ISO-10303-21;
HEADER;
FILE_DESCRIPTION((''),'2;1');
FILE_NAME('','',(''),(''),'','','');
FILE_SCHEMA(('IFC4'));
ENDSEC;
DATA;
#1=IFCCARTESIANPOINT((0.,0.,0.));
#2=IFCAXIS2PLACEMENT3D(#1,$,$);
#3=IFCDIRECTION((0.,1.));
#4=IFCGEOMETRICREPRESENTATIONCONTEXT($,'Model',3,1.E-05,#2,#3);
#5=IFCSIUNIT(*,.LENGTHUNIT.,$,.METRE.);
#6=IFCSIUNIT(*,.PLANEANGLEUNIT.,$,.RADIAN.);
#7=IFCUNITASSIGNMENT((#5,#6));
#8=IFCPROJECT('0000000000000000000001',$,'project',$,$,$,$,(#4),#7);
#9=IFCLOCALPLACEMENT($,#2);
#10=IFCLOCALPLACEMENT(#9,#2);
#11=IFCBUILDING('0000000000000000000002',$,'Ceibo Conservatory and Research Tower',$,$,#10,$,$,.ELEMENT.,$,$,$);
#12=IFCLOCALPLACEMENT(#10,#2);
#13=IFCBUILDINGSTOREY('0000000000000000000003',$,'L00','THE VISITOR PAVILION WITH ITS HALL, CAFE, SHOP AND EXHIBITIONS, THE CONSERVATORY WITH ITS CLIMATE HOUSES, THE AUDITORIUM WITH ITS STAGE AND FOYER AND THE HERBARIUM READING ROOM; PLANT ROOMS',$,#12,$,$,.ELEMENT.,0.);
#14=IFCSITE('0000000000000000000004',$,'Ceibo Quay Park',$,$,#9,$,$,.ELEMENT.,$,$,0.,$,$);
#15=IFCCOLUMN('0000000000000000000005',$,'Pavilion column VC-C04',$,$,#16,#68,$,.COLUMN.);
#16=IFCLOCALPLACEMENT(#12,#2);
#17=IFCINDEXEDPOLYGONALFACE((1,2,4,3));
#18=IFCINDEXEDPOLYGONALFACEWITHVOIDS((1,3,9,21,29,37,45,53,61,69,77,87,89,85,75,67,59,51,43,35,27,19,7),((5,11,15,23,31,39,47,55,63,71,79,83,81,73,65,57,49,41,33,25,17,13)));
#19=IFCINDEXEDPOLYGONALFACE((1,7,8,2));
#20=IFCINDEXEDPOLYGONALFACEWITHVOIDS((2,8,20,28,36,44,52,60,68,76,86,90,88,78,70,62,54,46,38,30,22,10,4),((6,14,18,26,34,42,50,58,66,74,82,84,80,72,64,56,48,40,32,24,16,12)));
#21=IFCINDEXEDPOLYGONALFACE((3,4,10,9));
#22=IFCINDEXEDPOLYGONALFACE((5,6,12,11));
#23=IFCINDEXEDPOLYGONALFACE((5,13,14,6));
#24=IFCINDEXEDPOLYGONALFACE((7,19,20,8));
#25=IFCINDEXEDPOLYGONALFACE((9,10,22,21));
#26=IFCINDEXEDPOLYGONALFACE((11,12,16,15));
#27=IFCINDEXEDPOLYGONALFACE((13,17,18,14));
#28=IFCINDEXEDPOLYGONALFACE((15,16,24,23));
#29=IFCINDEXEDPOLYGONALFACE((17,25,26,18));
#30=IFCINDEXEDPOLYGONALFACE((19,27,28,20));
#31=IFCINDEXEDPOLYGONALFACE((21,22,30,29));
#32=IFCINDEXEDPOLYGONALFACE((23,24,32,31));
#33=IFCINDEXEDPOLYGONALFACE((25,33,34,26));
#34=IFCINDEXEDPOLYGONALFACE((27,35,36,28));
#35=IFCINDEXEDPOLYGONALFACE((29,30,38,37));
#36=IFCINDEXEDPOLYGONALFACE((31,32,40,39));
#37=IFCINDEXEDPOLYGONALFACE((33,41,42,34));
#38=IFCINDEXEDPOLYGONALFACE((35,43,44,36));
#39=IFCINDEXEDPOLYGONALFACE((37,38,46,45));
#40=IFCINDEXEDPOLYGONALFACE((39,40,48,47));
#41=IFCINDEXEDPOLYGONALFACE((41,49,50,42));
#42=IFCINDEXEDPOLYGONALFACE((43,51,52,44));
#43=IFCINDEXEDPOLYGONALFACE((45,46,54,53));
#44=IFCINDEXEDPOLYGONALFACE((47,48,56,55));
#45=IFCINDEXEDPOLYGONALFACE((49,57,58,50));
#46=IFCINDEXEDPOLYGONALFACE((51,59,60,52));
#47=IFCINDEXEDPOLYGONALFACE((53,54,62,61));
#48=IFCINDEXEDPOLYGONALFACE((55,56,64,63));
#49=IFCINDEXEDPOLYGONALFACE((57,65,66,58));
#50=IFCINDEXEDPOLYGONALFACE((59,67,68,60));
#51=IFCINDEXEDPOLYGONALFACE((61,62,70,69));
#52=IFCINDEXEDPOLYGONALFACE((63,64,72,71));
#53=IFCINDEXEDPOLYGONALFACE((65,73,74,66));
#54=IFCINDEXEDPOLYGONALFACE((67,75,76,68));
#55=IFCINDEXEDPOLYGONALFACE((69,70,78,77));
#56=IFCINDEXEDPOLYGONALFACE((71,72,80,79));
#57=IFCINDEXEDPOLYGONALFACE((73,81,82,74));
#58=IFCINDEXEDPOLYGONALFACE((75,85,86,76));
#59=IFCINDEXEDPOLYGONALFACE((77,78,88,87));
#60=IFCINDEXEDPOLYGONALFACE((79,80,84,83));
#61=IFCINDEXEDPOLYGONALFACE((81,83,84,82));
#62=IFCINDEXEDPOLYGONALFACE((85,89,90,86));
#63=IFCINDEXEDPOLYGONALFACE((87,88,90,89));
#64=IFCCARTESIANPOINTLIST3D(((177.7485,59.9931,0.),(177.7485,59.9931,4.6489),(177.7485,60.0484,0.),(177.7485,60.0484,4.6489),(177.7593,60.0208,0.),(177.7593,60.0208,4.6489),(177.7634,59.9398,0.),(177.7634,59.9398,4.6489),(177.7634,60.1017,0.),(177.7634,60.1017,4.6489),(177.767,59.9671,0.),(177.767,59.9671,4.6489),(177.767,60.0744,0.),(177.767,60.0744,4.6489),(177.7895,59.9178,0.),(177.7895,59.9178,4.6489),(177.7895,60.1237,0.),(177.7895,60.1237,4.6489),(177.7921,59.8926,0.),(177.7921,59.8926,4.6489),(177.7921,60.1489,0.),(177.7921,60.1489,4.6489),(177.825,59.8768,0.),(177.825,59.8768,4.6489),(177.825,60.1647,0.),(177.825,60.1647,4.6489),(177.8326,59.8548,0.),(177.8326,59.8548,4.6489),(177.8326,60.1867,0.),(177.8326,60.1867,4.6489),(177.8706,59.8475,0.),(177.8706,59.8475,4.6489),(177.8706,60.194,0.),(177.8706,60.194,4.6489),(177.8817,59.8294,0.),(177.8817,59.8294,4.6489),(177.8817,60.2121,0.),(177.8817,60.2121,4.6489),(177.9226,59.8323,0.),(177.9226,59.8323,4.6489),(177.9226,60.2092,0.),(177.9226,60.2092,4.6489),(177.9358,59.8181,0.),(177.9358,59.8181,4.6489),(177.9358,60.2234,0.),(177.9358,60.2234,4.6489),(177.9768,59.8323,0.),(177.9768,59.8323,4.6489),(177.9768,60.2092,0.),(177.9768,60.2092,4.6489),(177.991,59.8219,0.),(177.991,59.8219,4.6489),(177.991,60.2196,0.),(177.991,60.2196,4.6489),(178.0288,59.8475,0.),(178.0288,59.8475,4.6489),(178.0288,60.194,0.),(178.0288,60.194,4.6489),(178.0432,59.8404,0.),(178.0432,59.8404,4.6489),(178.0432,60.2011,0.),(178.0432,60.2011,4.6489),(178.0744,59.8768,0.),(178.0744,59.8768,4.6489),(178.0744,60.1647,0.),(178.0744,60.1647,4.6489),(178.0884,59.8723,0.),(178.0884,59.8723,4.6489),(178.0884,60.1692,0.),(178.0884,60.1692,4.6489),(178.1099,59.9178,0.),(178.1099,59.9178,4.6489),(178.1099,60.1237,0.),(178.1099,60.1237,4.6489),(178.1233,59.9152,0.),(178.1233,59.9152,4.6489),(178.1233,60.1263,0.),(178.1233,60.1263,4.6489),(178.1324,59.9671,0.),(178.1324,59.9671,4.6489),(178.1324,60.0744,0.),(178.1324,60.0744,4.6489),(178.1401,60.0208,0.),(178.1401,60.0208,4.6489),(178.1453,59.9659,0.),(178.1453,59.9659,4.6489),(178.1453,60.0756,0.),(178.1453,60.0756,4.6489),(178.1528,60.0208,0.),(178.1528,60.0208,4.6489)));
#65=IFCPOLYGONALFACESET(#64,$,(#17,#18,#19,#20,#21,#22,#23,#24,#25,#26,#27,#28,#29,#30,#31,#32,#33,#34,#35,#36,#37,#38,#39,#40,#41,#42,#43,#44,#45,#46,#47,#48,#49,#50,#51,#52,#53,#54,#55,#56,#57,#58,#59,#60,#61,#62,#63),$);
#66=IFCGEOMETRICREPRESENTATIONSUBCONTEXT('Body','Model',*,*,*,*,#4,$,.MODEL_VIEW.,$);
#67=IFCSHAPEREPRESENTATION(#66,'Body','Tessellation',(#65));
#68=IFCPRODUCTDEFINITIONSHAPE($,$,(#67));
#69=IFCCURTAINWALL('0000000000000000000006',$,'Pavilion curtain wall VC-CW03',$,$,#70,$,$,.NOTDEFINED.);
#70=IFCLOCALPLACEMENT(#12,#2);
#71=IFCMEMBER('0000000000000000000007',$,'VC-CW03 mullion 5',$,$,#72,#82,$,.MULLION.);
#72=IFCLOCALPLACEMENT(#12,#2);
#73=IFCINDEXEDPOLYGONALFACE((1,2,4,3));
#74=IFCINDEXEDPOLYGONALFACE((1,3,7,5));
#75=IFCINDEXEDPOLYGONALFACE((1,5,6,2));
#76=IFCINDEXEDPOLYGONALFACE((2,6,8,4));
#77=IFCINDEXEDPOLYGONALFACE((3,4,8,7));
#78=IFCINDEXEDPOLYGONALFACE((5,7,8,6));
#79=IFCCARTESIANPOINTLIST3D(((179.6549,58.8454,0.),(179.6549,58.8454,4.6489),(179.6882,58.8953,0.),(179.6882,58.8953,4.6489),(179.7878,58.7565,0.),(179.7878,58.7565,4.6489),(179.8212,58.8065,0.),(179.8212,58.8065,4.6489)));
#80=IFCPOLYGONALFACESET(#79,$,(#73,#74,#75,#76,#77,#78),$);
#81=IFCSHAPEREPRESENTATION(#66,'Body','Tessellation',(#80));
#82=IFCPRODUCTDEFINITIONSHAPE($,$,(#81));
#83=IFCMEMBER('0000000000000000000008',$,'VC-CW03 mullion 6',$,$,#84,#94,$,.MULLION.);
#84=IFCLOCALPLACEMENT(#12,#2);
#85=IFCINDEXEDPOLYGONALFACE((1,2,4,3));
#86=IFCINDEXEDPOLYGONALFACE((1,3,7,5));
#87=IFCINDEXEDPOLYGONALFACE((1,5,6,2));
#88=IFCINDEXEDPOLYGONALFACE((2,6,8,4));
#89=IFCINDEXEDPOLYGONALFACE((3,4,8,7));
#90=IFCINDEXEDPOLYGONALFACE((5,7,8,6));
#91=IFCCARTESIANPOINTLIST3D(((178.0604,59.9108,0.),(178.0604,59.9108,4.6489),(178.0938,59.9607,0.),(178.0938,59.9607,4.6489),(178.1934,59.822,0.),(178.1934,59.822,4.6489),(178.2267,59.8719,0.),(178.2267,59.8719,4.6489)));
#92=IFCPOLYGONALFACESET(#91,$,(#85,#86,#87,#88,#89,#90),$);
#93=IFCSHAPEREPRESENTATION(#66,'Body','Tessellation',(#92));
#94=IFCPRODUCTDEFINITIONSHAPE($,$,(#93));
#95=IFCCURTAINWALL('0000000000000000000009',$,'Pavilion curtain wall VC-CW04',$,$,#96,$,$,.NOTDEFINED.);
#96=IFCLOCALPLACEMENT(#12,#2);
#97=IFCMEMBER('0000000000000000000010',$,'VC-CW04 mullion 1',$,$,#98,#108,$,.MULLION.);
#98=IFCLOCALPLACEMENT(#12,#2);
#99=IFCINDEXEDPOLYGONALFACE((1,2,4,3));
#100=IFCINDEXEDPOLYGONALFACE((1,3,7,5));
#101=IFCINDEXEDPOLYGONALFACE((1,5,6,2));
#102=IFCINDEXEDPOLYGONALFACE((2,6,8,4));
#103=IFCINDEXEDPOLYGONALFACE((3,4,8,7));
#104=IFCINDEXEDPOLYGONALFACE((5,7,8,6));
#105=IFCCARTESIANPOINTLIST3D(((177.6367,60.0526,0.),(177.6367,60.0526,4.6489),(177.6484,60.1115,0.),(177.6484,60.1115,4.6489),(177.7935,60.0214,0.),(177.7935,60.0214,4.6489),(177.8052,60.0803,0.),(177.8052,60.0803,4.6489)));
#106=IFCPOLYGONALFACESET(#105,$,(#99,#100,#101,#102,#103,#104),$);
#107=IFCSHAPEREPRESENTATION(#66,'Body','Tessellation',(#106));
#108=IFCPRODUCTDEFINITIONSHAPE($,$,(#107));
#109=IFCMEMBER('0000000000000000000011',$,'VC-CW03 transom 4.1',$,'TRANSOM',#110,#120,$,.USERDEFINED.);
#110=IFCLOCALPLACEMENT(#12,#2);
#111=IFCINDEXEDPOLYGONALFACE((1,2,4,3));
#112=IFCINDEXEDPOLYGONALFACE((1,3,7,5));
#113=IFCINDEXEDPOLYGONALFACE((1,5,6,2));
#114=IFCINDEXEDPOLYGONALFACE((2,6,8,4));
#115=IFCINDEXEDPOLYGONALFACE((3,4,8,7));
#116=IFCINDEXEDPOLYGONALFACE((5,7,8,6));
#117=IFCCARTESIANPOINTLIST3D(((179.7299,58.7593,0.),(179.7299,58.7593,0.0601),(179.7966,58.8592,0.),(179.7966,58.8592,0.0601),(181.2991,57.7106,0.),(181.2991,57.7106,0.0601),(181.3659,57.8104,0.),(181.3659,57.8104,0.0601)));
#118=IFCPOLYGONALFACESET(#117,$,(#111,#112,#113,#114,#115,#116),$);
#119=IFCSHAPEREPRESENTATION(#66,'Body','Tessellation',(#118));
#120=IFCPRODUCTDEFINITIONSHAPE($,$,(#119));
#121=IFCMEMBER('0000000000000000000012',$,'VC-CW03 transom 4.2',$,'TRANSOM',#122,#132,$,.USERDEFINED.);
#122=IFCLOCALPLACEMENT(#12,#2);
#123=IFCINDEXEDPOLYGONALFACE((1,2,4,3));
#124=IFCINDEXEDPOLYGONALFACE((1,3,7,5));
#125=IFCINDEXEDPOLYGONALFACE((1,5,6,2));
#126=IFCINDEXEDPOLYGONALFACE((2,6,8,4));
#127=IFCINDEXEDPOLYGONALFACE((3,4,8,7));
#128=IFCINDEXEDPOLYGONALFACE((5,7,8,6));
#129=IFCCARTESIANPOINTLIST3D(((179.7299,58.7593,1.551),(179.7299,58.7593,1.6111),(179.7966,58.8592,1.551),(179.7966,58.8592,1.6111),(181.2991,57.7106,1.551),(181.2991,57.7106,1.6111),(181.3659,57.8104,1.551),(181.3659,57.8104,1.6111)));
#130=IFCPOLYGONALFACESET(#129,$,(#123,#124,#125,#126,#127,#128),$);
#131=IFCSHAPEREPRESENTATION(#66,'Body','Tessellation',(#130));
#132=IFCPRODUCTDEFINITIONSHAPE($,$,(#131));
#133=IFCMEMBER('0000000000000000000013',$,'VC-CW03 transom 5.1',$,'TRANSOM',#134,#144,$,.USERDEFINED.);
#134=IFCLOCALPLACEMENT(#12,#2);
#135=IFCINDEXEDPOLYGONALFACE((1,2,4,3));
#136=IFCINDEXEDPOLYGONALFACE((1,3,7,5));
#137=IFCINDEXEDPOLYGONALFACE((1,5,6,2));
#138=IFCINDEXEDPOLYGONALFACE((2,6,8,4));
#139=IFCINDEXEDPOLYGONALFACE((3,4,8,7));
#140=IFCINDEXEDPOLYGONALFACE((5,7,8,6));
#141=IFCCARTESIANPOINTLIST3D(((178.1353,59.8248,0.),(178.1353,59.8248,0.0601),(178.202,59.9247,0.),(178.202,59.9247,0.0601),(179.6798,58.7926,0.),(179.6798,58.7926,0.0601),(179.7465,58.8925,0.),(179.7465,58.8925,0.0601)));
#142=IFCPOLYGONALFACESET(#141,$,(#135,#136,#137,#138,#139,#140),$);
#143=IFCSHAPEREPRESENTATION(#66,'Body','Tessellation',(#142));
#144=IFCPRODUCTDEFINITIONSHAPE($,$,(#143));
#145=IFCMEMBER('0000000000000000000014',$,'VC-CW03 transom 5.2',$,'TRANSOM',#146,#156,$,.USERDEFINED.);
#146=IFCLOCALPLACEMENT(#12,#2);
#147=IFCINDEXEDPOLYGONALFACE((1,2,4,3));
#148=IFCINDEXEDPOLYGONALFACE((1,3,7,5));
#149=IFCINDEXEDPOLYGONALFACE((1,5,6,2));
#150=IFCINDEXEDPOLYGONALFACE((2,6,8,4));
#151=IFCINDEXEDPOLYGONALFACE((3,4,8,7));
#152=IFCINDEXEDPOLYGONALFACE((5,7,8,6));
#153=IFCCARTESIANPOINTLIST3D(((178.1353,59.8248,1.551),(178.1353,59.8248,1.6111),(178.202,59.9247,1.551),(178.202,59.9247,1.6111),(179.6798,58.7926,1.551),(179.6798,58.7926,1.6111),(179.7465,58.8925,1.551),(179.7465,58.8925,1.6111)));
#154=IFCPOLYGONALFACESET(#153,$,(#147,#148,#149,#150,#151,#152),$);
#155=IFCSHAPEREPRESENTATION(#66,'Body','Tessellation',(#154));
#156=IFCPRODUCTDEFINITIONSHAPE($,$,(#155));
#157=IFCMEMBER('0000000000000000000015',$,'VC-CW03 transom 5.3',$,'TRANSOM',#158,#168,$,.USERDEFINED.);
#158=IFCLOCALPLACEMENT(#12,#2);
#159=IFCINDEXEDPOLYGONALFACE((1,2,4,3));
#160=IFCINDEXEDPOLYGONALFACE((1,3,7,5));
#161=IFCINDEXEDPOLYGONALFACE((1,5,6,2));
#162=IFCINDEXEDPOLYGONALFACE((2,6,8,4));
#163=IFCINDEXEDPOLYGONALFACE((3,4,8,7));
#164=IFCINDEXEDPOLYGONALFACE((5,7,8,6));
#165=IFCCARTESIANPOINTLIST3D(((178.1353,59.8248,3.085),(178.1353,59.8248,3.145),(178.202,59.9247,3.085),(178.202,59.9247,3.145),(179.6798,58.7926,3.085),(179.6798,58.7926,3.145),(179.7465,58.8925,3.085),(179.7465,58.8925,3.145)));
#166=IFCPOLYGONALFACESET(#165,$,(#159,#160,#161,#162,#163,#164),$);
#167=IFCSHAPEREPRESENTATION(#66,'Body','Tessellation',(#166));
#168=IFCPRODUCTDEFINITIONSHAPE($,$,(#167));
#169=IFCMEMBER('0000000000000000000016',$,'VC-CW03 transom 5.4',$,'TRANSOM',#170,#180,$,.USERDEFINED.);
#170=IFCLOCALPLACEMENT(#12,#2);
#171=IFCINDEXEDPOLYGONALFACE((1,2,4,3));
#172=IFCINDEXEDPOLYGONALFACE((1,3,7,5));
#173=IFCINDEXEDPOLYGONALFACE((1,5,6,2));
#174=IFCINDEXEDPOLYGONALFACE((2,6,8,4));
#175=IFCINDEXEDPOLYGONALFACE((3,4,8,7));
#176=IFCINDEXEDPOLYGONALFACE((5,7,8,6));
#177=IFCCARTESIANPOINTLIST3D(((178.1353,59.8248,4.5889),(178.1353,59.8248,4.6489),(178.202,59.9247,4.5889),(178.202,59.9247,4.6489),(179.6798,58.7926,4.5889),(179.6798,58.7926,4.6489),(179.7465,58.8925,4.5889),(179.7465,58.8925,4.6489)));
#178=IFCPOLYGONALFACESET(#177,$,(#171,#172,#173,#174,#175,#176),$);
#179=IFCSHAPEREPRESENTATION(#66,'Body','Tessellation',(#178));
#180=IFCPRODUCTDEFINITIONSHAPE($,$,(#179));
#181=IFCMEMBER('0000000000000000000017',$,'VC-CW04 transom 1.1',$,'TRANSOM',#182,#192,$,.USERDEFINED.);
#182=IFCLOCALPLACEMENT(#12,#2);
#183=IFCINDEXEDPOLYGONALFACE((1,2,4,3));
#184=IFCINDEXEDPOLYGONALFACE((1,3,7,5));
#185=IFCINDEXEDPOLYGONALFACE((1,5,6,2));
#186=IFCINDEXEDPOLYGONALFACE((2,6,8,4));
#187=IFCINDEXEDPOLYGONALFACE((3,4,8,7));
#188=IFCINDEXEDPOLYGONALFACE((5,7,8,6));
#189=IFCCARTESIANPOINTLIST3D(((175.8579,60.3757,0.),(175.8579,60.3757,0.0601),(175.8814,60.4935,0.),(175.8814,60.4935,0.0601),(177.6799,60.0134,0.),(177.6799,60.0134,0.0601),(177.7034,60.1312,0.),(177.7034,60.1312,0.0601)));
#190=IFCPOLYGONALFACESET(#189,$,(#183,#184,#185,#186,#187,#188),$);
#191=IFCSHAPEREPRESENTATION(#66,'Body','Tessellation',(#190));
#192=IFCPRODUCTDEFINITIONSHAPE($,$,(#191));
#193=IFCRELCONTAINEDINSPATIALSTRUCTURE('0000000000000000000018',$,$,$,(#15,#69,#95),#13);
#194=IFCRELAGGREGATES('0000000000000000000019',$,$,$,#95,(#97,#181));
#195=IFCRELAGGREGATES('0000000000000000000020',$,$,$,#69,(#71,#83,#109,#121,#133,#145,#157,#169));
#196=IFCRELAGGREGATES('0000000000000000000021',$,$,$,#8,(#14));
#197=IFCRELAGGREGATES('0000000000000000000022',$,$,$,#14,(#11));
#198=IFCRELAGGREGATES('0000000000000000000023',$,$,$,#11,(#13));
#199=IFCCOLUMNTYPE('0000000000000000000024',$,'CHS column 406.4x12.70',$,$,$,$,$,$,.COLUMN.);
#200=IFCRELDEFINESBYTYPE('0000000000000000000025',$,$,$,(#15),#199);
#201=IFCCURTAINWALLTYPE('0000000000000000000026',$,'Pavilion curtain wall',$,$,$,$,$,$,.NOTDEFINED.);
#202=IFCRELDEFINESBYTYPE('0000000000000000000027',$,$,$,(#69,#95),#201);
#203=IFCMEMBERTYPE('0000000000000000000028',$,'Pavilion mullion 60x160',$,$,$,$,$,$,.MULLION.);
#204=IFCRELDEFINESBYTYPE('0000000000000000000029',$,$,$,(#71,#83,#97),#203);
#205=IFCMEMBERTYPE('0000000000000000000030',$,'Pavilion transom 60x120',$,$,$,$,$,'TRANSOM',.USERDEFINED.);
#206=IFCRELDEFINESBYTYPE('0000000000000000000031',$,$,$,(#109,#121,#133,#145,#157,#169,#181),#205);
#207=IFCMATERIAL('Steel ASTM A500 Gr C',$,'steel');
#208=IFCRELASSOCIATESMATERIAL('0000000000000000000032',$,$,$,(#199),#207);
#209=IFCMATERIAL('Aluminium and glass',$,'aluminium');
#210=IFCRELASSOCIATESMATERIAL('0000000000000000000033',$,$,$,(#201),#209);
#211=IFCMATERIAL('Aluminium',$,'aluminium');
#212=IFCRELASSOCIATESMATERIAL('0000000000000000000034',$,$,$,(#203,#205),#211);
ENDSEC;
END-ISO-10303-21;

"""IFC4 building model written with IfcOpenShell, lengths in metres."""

from ifc_helpers import new_model, si_unit, direction, frame, origin, origin_2d, place, context, subcontext, project, spatial, rectangle, hollow_circle, extrude, material, material_profile, profile_set, type_object, element, aggregate, save


model = new_model("IFC4")

# Units and contexts
model_context = context("Model", 3, precision=1e-05, world=origin(), true_north=direction((0.0, 1.0)))
body_context = subcontext(model_context, "Body", "Model", "MODEL_VIEW")
ifc_project = project(units=[si_unit("LENGTHUNIT", "METRE"), si_unit("PLANEANGLEUNIT", "RADIAN")], contexts=[model_context])

# Site, building, storey
site_placement = place(None, origin())
site = spatial("IfcSite", under=ifc_project, at=site_placement, Name="Ceibo Quay Park", CompositionType="ELEMENT", RefElevation=0.0)
building_placement = place(site_placement, origin())
building = spatial("IfcBuilding", under=site, at=building_placement, Name="Ceibo Conservatory and Research Tower", CompositionType="ELEMENT")
storey_placement = place(building_placement, origin())
storey = spatial("IfcBuildingStorey", under=building, at=storey_placement, Name="L00", Description="THE VISITOR PAVILION WITH ITS HALL, CAFE, SHOP AND EXHIBITIONS, THE CONSERVATORY WITH ITS CLIMATE HOUSES, THE AUDITORIUM WITH ITS STAGE AND FOYER AND THE HERBARIUM READING ROOM; PLANT ROOMS", CompositionType="ELEMENT", Elevation=0.0)

# Column
ifc_material_1 = material(Name="Steel ASTM A500 Gr C", Category="steel")
ifc_material_profile_1 = material_profile(ifc_material_1, hollow_circle(Radius=0.2031, WallThickness=0.0127, at=origin_2d()), Name="CHS column 406.4x12.70")
ifc_profile_set_1 = profile_set([ifc_material_profile_1], Name="Steel ASTM A500 Gr C")
column_type = type_object("IfcColumnType", Name="CHS column 406.4x12.70", PredefinedType="COLUMN", material=ifc_profile_set_1)
column_placement = place(storey_placement, frame((177.9497, 60.0208, 0.0), z_axis=(0.0, 0.0, 1.0), x_axis=(1.0, 0.0, 0.0)))
element("IfcColumn", 1, at=column_placement, inside=storey, type_object=column_type, Name="Pavilion column VC-C04", PredefinedType="COLUMN", context=body_context, shape_type="SweptSolid", body=[
    extrude(hollow_circle(Radius=0.2031, WallThickness=0.0127, at=origin_2d()), origin(), (0.0, 0.0, 1.0), 4.6489),
])

# Curtain wall, members
ifc_material_2 = material(Name="Aluminium and glass", Category="aluminium")
curtain_wall_type = type_object("IfcCurtainWallType", Name="Pavilion curtain wall", PredefinedType="NOTDEFINED", material=ifc_material_2)
curtain_wall_1_placement = place(storey_placement, origin())
curtain_wall_1 = element("IfcCurtainWall", 2, at=curtain_wall_1_placement, inside=storey, type_object=curtain_wall_type, Name="Pavilion curtain wall VC-CW03", PredefinedType="NOTDEFINED")
ifc_material_3 = material(Name="Aluminium", Category="aluminium")
ifc_material_profile_2 = material_profile(ifc_material_3, rectangle(XDim=0.0601, YDim=0.1599, at=origin_2d()), Name="AL 60x160")
ifc_profile_set_2 = profile_set([ifc_material_profile_2], Name="Aluminium")
member_type_1 = type_object("IfcMemberType", Name="Pavilion mullion 60x160", PredefinedType="MULLION", material=ifc_profile_set_2)
member_1_placement = place(storey_placement, frame((179.738, 58.8259, 0.0), z_axis=(0.0, 0.0, 1.0), x_axis=(-0.55557, -0.83147, 0.0)))
member_1 = element("IfcMember", 3, at=member_1_placement, type_object=member_type_1, Name="VC-CW03 mullion 5", PredefinedType="MULLION", context=body_context, shape_type="SweptSolid", body=[
    extrude(rectangle(XDim=0.0601, YDim=0.1599, at=origin_2d()), origin(), (0.0, 0.0, 1.0), 4.6489),
])
member_2_placement = place(storey_placement, frame((178.1436, 59.8914, 0.0), z_axis=(0.0, 0.0, 1.0), x_axis=(-0.55557, -0.83147, 0.0)))
member_2 = element("IfcMember", 4, at=member_2_placement, type_object=member_type_1, Name="VC-CW03 mullion 6", PredefinedType="MULLION", context=body_context, shape_type="SweptSolid", body=[
    extrude(rectangle(XDim=0.0601, YDim=0.1599, at=origin_2d()), origin(), (0.0, 0.0, 1.0), 4.6489),
])

# Curtain wall, member
curtain_wall_2_placement = place(storey_placement, origin())
curtain_wall_2 = element("IfcCurtainWall", 5, at=curtain_wall_2_placement, inside=storey, type_object=curtain_wall_type, Name="Pavilion curtain wall VC-CW04", PredefinedType="NOTDEFINED")
member_3_placement = place(storey_placement, frame((177.7209, 60.0664, 0.0), z_axis=(0.0, 0.0, 1.0), x_axis=(-0.19509, -0.980785, 0.0)))
member_3 = element("IfcMember", 6, at=member_3_placement, type_object=member_type_1, Name="VC-CW04 mullion 1", PredefinedType="MULLION", context=body_context, shape_type="SweptSolid", body=[
    extrude(rectangle(XDim=0.0601, YDim=0.1599, at=origin_2d()), origin(), (0.0, 0.0, 1.0), 4.6489),
])

# Members
ifc_material_profile_3 = material_profile(ifc_material_3, rectangle(XDim=0.1201, YDim=0.0601, at=origin_2d()), Name="AL 60x120")
ifc_profile_set_3 = profile_set([ifc_material_profile_3], Name="Aluminium")
member_type_2 = type_object("IfcMemberType", Name="Pavilion transom 60x120", ElementType="TRANSOM", PredefinedType="USERDEFINED", material=ifc_profile_set_3)
member_4_placement = place(storey_placement, frame((181.3325, 57.7605, 0.03), z_axis=(-0.831413, 0.555655, 0.0), x_axis=(-0.555655, -0.831413, 0.0)))
member_4 = element("IfcMember", 7, at=member_4_placement, type_object=member_type_2, Name="VC-CW03 transom 4.1", ObjectType="TRANSOM", PredefinedType="USERDEFINED", context=body_context, shape_type="SweptSolid", body=[
    extrude(rectangle(XDim=0.1201, YDim=0.0601, at=origin_2d()), origin(), (0.0, 0.0, 1.0), 1.8875),
])
member_5_placement = place(storey_placement, frame((181.3325, 57.7605, 1.5811), z_axis=(-0.831413, 0.555655, 0.0), x_axis=(-0.555655, -0.831413, 0.0)))
member_5 = element("IfcMember", 8, at=member_5_placement, type_object=member_type_2, Name="VC-CW03 transom 4.2", ObjectType="TRANSOM", PredefinedType="USERDEFINED", context=body_context, shape_type="SweptSolid", body=[
    extrude(rectangle(XDim=0.1201, YDim=0.0601, at=origin_2d()), origin(), (0.0, 0.0, 1.0), 1.8875),
])
member_6_placement = place(storey_placement, frame((179.7131, 58.8425, 0.03), z_axis=(-0.831403, 0.55567, 0.0), x_axis=(-0.55567, -0.831403, 0.0)))
member_6 = element("IfcMember", 9, at=member_6_placement, type_object=member_type_2, Name="VC-CW03 transom 5.1", ObjectType="TRANSOM", PredefinedType="USERDEFINED", context=body_context, shape_type="SweptSolid", body=[
    extrude(rectangle(XDim=0.1201, YDim=0.0601, at=origin_2d()), origin(), (0.0, 0.0, 1.0), 1.8577),
])
member_7_placement = place(storey_placement, frame((179.7131, 58.8425, 1.5811), z_axis=(-0.831403, 0.55567, 0.0), x_axis=(-0.55567, -0.831403, 0.0)))
member_7 = element("IfcMember", 10, at=member_7_placement, type_object=member_type_2, Name="VC-CW03 transom 5.2", ObjectType="TRANSOM", PredefinedType="USERDEFINED", context=body_context, shape_type="SweptSolid", body=[
    extrude(rectangle(XDim=0.1201, YDim=0.0601, at=origin_2d()), origin(), (0.0, 0.0, 1.0), 1.8577),
])
member_8_placement = place(storey_placement, frame((179.7131, 58.8425, 3.115), z_axis=(-0.831403, 0.55567, 0.0), x_axis=(-0.55567, -0.831403, 0.0)))
member_8 = element("IfcMember", 11, at=member_8_placement, type_object=member_type_2, Name="VC-CW03 transom 5.3", ObjectType="TRANSOM", PredefinedType="USERDEFINED", context=body_context, shape_type="SweptSolid", body=[
    extrude(rectangle(XDim=0.1201, YDim=0.0601, at=origin_2d()), origin(), (0.0, 0.0, 1.0), 1.8577),
])
member_9_placement = place(storey_placement, frame((179.7131, 58.8425, 4.6189), z_axis=(-0.831403, 0.55567, 0.0), x_axis=(-0.55567, -0.831403, 0.0)))
member_9 = element("IfcMember", 12, at=member_9_placement, type_object=member_type_2, Name="VC-CW03 transom 5.4", ObjectType="TRANSOM", PredefinedType="USERDEFINED", context=body_context, shape_type="SweptSolid", body=[
    extrude(rectangle(XDim=0.1201, YDim=0.0601, at=origin_2d()), origin(), (0.0, 0.0, 1.0), 1.8577),
])
member_10_placement = place(storey_placement, frame((177.6917, 60.0723, 0.03), z_axis=(-0.980797, 0.195029, 0.0), x_axis=(-0.195029, -0.980797, 0.0)))
member_10 = element("IfcMember", 13, at=member_10_placement, type_object=member_type_2, Name="VC-CW04 transom 1.1", ObjectType="TRANSOM", PredefinedType="USERDEFINED", context=body_context, shape_type="SweptSolid", body=[
    extrude(rectangle(XDim=0.1201, YDim=0.0601, at=origin_2d()), origin(), (0.0, 0.0, 1.0), 1.8577),
])
aggregate(curtain_wall_2, [member_3, member_10])

aggregate(curtain_wall_1, [member_1, member_2, member_4, member_5, member_6, member_7, member_8, member_9])

save(model, "model.ifc")
